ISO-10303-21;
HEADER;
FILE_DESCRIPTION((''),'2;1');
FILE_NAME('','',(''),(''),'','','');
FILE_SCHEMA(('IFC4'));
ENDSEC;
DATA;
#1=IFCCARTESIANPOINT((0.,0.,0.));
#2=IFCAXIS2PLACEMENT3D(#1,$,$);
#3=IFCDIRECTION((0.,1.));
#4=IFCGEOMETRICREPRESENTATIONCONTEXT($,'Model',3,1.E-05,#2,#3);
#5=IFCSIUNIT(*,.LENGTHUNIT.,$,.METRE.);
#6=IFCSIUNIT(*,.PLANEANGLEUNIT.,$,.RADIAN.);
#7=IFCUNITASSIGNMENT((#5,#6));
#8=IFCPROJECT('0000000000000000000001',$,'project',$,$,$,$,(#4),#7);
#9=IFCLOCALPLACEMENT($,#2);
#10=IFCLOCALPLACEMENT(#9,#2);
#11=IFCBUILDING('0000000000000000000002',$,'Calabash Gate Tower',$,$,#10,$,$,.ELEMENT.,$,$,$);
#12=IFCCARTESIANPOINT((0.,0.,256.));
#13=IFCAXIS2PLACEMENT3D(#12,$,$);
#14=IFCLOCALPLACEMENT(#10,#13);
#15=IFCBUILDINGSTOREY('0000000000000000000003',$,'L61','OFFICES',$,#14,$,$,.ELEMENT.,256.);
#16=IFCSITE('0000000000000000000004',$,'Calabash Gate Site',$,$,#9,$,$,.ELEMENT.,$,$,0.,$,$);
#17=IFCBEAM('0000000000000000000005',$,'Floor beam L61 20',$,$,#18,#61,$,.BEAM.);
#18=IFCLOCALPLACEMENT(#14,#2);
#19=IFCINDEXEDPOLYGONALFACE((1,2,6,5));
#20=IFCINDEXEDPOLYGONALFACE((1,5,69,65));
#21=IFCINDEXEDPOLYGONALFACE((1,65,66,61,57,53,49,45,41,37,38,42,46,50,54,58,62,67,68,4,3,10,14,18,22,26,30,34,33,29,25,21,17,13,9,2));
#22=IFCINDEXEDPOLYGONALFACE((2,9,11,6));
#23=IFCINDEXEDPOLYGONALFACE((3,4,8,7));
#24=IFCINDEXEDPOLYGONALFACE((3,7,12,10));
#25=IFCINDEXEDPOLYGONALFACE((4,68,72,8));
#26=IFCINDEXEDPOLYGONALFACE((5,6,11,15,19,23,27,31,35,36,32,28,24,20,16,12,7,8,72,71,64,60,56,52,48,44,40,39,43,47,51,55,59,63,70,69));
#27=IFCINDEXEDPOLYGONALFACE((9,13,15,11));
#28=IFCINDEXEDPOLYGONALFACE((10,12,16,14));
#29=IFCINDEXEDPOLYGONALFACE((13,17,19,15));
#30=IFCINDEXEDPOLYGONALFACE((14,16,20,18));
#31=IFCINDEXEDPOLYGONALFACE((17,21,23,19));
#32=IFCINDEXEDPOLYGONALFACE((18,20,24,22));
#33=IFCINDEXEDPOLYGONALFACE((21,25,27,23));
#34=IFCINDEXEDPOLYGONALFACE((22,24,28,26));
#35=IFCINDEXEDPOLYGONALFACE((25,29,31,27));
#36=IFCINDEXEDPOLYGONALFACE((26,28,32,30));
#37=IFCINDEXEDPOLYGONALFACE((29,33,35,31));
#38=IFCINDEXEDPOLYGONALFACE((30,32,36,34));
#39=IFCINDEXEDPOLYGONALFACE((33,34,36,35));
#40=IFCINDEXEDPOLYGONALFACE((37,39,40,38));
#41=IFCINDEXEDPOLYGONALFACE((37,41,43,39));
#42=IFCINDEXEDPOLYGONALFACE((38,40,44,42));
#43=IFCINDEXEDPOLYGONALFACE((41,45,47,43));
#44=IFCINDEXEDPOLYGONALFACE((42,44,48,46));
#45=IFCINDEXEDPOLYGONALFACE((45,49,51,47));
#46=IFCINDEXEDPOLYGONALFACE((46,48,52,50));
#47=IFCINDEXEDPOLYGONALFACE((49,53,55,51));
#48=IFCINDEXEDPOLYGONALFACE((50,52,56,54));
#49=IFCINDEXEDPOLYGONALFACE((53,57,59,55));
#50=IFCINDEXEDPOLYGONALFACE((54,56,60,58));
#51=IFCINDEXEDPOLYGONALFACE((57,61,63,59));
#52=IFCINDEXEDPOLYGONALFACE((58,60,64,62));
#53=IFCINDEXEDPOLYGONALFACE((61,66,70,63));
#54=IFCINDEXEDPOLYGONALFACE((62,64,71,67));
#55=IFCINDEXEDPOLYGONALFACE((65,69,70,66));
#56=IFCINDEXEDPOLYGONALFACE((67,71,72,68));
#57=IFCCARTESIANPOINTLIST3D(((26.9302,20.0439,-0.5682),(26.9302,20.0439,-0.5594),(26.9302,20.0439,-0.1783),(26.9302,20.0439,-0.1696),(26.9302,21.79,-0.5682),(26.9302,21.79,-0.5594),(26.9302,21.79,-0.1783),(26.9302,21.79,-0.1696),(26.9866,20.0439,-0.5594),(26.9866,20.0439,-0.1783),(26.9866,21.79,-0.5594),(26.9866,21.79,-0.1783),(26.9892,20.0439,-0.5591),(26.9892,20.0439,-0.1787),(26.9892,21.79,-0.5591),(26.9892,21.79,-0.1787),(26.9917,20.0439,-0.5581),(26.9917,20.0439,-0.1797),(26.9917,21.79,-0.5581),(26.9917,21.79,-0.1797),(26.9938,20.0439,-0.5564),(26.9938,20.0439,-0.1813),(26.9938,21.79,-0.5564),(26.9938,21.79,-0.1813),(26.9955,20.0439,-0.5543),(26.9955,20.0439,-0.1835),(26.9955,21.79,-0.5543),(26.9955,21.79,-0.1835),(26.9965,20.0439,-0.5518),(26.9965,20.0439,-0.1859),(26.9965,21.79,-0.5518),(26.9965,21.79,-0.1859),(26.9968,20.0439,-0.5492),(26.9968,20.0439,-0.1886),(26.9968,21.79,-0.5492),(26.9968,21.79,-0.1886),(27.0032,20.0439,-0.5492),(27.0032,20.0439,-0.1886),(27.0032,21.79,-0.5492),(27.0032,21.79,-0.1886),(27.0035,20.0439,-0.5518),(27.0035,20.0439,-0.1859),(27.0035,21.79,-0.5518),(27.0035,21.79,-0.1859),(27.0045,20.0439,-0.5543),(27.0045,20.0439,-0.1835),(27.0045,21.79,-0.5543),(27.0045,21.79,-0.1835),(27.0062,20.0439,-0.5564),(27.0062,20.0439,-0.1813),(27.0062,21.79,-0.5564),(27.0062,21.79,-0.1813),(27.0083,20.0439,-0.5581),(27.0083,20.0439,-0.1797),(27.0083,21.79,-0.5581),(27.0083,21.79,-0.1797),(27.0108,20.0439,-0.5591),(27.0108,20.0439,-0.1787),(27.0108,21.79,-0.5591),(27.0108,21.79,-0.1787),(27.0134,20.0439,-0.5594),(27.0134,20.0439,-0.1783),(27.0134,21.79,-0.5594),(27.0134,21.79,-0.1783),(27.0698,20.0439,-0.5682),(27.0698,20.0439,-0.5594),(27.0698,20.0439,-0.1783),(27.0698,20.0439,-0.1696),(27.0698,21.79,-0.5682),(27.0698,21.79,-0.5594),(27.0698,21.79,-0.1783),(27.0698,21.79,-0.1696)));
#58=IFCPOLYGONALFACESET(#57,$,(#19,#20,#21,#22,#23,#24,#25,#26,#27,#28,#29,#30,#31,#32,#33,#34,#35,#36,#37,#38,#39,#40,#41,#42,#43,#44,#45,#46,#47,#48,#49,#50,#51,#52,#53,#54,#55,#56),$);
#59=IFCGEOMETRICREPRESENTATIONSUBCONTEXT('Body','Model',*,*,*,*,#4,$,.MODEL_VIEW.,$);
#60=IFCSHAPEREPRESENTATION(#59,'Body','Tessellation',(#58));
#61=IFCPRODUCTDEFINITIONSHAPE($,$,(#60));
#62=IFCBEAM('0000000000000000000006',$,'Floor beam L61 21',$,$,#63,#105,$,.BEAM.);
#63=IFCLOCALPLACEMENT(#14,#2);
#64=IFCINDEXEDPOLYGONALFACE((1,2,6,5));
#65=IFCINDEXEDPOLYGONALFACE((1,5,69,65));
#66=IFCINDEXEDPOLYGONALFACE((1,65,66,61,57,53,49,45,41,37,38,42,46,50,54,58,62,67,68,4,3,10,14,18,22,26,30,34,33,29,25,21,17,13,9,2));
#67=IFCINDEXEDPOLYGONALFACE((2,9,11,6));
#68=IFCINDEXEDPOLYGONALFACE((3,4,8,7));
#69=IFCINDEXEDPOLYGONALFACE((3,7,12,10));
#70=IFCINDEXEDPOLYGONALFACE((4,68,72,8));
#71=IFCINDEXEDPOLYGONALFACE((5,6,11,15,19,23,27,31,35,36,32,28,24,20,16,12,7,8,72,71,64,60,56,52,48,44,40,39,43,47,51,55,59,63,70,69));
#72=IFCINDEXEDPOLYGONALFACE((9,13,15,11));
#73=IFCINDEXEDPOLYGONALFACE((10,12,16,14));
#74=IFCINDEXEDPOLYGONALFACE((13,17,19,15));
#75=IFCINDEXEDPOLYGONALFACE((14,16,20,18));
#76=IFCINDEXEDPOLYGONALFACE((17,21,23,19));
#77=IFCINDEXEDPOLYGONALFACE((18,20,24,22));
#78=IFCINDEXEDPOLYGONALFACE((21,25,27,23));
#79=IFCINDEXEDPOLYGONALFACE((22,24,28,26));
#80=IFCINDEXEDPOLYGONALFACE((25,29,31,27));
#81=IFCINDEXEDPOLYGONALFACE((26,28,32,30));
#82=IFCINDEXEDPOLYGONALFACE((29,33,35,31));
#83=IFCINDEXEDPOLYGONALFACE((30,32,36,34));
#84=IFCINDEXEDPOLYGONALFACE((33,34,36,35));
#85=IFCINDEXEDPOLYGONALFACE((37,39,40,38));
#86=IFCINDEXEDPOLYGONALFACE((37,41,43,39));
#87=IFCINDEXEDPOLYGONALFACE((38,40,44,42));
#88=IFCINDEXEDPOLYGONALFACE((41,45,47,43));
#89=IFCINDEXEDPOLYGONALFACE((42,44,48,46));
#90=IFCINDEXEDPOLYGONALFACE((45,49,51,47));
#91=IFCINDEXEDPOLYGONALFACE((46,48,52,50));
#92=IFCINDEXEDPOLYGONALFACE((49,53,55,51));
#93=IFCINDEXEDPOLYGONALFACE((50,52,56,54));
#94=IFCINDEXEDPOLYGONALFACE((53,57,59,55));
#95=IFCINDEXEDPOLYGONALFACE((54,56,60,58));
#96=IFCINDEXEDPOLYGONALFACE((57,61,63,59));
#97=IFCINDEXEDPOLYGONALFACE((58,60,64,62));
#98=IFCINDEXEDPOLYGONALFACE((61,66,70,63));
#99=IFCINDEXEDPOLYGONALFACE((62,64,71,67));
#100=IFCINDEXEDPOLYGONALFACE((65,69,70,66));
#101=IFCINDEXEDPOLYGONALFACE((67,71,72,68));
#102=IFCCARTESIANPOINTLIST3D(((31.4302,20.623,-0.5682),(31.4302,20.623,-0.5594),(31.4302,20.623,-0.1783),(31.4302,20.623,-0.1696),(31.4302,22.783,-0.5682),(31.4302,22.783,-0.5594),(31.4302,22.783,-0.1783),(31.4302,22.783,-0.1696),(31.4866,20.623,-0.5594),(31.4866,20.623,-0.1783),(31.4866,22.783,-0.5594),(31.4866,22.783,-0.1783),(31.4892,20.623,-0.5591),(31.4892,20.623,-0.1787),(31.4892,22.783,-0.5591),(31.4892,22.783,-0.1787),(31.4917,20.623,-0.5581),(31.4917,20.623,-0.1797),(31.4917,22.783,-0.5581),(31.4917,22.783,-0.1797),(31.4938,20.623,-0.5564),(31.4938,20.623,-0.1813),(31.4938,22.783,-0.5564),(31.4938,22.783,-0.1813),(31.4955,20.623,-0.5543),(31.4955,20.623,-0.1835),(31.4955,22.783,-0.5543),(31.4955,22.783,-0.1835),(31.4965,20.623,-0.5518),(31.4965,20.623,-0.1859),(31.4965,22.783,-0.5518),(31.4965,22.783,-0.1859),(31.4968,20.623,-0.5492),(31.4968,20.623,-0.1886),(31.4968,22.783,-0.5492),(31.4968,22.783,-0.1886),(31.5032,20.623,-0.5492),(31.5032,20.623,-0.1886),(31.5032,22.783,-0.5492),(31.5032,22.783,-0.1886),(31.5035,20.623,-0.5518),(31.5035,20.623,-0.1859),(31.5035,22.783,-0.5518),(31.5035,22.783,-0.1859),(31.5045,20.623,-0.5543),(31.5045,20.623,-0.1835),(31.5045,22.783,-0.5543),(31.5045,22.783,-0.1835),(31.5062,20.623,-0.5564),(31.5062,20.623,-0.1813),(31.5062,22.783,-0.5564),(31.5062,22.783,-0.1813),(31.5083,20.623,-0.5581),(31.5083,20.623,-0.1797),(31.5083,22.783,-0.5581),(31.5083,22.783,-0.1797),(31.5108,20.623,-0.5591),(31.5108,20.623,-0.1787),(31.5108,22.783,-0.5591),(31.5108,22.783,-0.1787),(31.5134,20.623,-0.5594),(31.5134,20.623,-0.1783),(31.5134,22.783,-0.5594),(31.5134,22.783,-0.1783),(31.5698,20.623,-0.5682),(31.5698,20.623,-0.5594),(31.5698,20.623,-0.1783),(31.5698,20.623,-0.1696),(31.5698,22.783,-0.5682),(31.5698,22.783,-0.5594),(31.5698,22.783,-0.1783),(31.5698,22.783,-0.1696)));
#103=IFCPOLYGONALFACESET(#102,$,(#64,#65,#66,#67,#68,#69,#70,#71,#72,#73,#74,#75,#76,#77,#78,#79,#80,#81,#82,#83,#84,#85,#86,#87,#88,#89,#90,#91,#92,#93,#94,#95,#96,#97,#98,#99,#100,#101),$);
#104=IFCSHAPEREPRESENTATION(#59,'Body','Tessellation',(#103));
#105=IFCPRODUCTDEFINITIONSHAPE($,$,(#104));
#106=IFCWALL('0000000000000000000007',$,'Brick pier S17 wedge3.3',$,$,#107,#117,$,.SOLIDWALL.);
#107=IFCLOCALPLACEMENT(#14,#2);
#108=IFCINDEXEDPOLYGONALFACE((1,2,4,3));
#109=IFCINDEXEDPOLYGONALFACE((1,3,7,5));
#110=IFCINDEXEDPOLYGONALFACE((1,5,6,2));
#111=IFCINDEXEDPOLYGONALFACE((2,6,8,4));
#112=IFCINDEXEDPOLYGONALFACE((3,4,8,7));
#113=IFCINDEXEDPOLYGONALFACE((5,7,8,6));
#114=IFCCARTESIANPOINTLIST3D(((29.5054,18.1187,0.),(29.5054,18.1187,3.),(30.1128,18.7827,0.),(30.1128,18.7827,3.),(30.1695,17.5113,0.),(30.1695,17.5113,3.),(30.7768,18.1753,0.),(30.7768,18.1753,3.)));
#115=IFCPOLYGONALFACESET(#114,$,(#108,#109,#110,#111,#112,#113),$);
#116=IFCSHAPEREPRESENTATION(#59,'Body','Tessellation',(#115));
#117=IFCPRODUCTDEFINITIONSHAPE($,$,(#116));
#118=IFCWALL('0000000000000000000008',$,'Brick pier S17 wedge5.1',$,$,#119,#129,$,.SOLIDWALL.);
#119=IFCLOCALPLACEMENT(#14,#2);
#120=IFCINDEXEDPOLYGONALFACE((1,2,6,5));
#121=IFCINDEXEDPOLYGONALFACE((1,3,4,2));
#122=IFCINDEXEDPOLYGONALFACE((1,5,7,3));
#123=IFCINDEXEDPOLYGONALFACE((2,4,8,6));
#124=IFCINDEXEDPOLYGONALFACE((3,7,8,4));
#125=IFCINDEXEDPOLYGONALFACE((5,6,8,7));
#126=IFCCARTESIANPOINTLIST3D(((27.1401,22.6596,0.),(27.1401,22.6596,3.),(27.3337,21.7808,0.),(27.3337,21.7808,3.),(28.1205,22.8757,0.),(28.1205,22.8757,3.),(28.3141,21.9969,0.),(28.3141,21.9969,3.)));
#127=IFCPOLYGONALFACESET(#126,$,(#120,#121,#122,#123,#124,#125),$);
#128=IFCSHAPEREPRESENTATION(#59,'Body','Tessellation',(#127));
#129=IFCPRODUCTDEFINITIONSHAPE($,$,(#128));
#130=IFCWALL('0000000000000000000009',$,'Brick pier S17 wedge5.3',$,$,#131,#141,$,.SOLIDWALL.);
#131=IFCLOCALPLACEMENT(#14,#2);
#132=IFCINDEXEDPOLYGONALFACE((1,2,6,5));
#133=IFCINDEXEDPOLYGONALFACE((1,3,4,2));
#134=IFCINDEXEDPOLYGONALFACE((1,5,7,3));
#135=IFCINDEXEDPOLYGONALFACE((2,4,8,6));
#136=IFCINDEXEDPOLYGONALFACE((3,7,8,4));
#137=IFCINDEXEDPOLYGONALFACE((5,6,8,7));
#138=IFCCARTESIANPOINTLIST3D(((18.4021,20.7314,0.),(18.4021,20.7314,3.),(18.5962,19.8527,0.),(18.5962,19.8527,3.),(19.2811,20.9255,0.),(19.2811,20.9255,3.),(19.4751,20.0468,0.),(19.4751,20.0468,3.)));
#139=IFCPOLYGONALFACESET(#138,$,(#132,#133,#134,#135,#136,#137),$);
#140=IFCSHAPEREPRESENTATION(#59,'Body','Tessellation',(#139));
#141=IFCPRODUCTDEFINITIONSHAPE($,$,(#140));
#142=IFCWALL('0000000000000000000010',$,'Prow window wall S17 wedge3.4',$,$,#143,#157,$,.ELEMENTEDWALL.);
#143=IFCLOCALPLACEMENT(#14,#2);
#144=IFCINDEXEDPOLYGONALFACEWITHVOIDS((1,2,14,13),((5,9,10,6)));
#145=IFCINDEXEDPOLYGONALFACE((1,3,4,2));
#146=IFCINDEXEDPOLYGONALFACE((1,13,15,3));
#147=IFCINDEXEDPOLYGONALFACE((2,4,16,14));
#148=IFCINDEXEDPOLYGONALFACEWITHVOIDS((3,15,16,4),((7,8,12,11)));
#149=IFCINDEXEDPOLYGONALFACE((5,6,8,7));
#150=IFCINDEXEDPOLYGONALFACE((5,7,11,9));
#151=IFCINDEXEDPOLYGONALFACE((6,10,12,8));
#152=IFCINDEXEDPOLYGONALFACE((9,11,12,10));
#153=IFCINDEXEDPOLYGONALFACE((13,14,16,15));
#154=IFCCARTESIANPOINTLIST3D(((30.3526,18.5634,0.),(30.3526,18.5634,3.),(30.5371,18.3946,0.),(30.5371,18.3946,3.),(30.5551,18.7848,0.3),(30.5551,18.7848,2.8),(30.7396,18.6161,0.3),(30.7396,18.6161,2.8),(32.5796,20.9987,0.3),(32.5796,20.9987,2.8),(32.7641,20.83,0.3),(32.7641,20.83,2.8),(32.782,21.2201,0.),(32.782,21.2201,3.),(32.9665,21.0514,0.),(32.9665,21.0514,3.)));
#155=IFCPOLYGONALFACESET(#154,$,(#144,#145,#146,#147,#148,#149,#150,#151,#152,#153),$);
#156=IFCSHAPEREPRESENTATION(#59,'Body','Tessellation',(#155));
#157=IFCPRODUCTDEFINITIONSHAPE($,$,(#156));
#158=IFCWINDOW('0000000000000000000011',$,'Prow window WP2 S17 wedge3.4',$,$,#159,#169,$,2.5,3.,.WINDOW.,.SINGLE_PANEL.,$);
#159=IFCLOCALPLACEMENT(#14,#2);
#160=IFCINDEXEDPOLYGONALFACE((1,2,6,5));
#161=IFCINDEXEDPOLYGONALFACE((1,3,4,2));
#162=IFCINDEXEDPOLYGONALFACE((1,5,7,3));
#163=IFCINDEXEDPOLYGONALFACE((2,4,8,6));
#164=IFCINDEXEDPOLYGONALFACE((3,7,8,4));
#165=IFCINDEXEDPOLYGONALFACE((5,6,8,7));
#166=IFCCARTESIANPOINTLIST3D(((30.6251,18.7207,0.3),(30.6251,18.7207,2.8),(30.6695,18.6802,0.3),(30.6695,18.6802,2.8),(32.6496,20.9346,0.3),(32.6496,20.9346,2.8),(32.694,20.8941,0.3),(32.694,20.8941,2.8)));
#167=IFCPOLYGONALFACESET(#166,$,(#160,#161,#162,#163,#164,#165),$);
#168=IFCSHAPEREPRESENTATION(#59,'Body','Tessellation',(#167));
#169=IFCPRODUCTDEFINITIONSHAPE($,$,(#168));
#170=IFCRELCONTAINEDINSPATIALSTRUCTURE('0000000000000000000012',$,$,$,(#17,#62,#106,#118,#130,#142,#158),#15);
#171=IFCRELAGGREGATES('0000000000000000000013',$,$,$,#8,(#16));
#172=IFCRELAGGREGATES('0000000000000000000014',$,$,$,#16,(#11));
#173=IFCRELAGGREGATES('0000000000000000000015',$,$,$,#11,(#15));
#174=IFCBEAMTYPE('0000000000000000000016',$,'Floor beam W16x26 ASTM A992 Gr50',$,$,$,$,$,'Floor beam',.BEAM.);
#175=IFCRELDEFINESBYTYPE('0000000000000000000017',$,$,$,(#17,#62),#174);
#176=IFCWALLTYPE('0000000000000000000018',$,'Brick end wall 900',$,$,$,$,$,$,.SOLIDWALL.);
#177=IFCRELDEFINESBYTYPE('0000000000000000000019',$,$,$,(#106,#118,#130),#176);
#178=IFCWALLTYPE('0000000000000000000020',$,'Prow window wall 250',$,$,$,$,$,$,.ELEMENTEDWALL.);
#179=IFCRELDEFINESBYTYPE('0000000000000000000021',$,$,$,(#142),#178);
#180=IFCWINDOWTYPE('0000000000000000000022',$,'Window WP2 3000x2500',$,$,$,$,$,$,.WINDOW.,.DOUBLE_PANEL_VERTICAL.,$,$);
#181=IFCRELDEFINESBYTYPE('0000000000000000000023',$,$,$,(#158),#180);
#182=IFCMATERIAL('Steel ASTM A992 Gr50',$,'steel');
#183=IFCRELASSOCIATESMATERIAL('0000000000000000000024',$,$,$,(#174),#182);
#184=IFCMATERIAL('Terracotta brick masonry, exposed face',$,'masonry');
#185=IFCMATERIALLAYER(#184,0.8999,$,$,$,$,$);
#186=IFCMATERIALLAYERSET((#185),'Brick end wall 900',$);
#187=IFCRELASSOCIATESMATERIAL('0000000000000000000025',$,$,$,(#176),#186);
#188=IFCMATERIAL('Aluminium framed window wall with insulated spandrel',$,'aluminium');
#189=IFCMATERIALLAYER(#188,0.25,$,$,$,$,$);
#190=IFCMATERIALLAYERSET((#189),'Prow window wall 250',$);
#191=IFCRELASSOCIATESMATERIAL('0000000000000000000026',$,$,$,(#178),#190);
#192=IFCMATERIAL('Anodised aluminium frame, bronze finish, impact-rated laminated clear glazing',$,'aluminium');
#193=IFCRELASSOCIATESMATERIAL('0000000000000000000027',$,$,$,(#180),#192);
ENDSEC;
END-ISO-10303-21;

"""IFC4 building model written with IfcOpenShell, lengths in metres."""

from ifc_helpers import new_model, si_unit, direction, frame, frame_2d, origin, origin_2d, place, context, subcontext, project, spatial, rectangle, i_section, extrude, material, layer, layer_set, material_profile, profile_set, type_object, element, fill, save


model = new_model("IFC4")

# Units and contexts
model_context = context("Model", 3, precision=1e-05, world=origin(), true_north=direction((0.0, 1.0)))
body_context = subcontext(model_context, "Body", "Model", "MODEL_VIEW")
ifc_project = project(units=[si_unit("LENGTHUNIT", "METRE"), si_unit("PLANEANGLEUNIT", "RADIAN")], contexts=[model_context])

# Site, building, storey
site_placement = place(None, origin())
site = spatial("IfcSite", under=ifc_project, at=site_placement, Name="Calabash Gate Site", CompositionType="ELEMENT", RefElevation=0.0)
building_placement = place(site_placement, origin())
building = spatial("IfcBuilding", under=site, at=building_placement, Name="Calabash Gate Tower", CompositionType="ELEMENT")
storey_placement = place(building_placement, frame((0.0, 0.0, 256.0)))
storey = spatial("IfcBuildingStorey", under=building, at=storey_placement, Name="L61", Description="OFFICES", CompositionType="ELEMENT", Elevation=256.0)

# Beams
ifc_material_1 = material(Name="Steel ASTM A992 Gr50", Category="steel")
ifc_material_profile_1 = material_profile(ifc_material_1, i_section(OverallWidth=0.1396, OverallDepth=0.3987, WebThickness=0.0063, FlangeThickness=0.0088, FilletRadius=0.0103, at=origin_2d()))
ifc_profile_set_1 = profile_set([ifc_material_profile_1], Name="Steel ASTM A992 Gr50")
beam_type_1 = type_object("IfcBeamType", Name="Floor beam W16x26 ASTM A992 Gr50", ElementType="Floor beam", PredefinedType="BEAM", material=ifc_profile_set_1)
beam_1_placement = place(storey_placement, frame((27.0, 20.0439, -0.3689), z_axis=(0.0, 1.0, 0.0), x_axis=(-1.0, 0.0, 0.0)))
element("IfcBeam", 1, at=beam_1_placement, inside=storey, type_object=beam_type_1, Name="Floor beam L61 20", PredefinedType="BEAM", context=body_context, shape_type="SweptSolid", body=[
    extrude(i_section(OverallWidth=0.1396, OverallDepth=0.3987, WebThickness=0.0063, FlangeThickness=0.0088, FilletRadius=0.0103, at=origin_2d()), origin(), (0.0, 0.0, 1.0), 1.7461),
])
beam_2_placement = place(storey_placement, frame((31.5, 20.623, -0.3689), z_axis=(0.0, 1.0, 0.0), x_axis=(-1.0, 0.0, 0.0)))
element("IfcBeam", 2, at=beam_2_placement, inside=storey, type_object=beam_type_1, Name="Floor beam L61 21", PredefinedType="BEAM", context=body_context, shape_type="SweptSolid", body=[
    extrude(i_section(OverallWidth=0.1396, OverallDepth=0.3987, WebThickness=0.0063, FlangeThickness=0.0088, FilletRadius=0.0103, at=origin_2d()), origin(), (0.0, 0.0, 1.0), 2.1599),
])

# Walls
ifc_material_2 = material(Name="Terracotta brick masonry, exposed face", Category="masonry")
ifc_layer_1 = layer(ifc_material_2, 0.8999)
ifc_layer_set_1 = layer_set([ifc_layer_1], Name="Brick end wall 900")
wall_type_1 = type_object("IfcWallType", Name="Brick end wall 900", PredefinedType="SOLIDWALL", material=ifc_layer_set_1)
wall_1_placement = place(storey_placement, frame((30.4448, 18.479, 0.0), z_axis=(0.0, 0.0, 1.0), x_axis=(-0.674938, -0.737874, 0.0)))
element("IfcWall", 3, at=wall_1_placement, inside=storey, type_object=wall_type_1, Name="Brick pier S17 wedge3.3", PredefinedType="SOLIDWALL", context=body_context, shape_type="SweptSolid", body=[
    extrude(rectangle(XDim=0.8999, YDim=0.8999, at=frame_2d((0.45, 0.0))), origin(), (0.0, 0.0, 1.0), 3.0),
])
wall_2_placement = place(storey_placement, frame((28.2173, 22.4363, 0.0), z_axis=(0.0, 0.0, 1.0), x_axis=(-0.976569, -0.215205, 0.0)))
element("IfcWall", 4, at=wall_2_placement, inside=storey, type_object=wall_type_1, Name="Brick pier S17 wedge5.1", PredefinedType="SOLIDWALL", context=body_context, shape_type="SweptSolid", body=[
    extrude(rectangle(XDim=1.0039, YDim=0.8999, at=frame_2d((0.502, 0.0))), origin(), (0.0, 0.0, 1.0), 3.0),
])
wall_3_placement = place(storey_placement, frame((18.499, 20.292, 0.0), z_axis=(0.0, 0.0, 1.0), x_axis=(0.976473, 0.215638, 0.0)))
element("IfcWall", 5, at=wall_3_placement, inside=storey, type_object=wall_type_1, Name="Brick pier S17 wedge5.3", PredefinedType="SOLIDWALL", context=body_context, shape_type="SweptSolid", body=[
    extrude(rectangle(XDim=0.9001, YDim=0.8999, at=frame_2d((0.4502, 0.0))), origin(), (0.0, 0.0, 1.0), 3.0),
])

# Wall, opening, window
ifc_material_3 = material(Name="Aluminium framed window wall with insulated spandrel", Category="aluminium")
ifc_layer_2 = layer(ifc_material_3, 0.25)
ifc_layer_set_2 = layer_set([ifc_layer_2], Name="Prow window wall 250")
wall_type_2 = type_object("IfcWallType", Name="Prow window wall 250", PredefinedType="ELEMENTEDWALL", material=ifc_layer_set_2)
wall_4_placement = place(storey_placement, frame((30.4448, 18.479, 0.0), z_axis=(0.0, 0.0, 1.0), x_axis=(0.674834, 0.73797, 0.0)))
wall_4 = element("IfcWall", 6, at=wall_4_placement, inside=storey, type_object=wall_type_2, Name="Prow window wall S17 wedge3.4", PredefinedType="ELEMENTEDWALL", context=body_context, shape_type="SweptSolid", body=[
    extrude(rectangle(XDim=3.6001, YDim=0.25, at=frame_2d((1.8, 0.0))), origin(), (0.0, 0.0, 1.0), 3.0),
])
opening_1_placement = place(wall_4_placement, frame((0.3, 0.0, 0.3)))
opening_1 = element("IfcOpeningElement", 7, at=opening_1_placement, cuts=wall_4, PredefinedType="OPENING", context=body_context, shape_type="SweptSolid", body=[
    extrude(rectangle(XDim=3.0, YDim=2.5, at=frame_2d((1.5, 1.25))), frame((0.0, 0.135, 0.0), z_axis=(0.0, -1.0, 0.0), x_axis=(1.0, 0.0, 0.0)), (0.0, 0.0, 1.0), 0.27),
])
ifc_material_4 = material(Name="Anodised aluminium frame, bronze finish, impact-rated laminated clear glazing", Category="aluminium")
window_type = type_object("IfcWindowType", Name="Window WP2 3000x2500", PartitioningType="DOUBLE_PANEL_VERTICAL", PredefinedType="WINDOW", material=ifc_material_4)
window_1_placement = place(opening_1_placement, origin())
window_1 = element("IfcWindow", 8, at=window_1_placement, inside=storey, type_object=window_type, Name="Prow window WP2 S17 wedge3.4", OverallHeight=2.5, OverallWidth=3.0, PartitioningType="SINGLE_PANEL", PredefinedType="WINDOW", context=body_context, shape_type="SweptSolid", body=[
    extrude(rectangle(XDim=3.0, YDim=2.5, at=frame_2d((1.5, 1.25))), frame((0.0, 0.03, 0.0), z_axis=(0.0, -1.0, 0.0), x_axis=(1.0, 0.0, 0.0)), (0.0, 0.0, 1.0), 0.0601),
])
fill(opening_1, window_1)

save(model, "model.ifc")
